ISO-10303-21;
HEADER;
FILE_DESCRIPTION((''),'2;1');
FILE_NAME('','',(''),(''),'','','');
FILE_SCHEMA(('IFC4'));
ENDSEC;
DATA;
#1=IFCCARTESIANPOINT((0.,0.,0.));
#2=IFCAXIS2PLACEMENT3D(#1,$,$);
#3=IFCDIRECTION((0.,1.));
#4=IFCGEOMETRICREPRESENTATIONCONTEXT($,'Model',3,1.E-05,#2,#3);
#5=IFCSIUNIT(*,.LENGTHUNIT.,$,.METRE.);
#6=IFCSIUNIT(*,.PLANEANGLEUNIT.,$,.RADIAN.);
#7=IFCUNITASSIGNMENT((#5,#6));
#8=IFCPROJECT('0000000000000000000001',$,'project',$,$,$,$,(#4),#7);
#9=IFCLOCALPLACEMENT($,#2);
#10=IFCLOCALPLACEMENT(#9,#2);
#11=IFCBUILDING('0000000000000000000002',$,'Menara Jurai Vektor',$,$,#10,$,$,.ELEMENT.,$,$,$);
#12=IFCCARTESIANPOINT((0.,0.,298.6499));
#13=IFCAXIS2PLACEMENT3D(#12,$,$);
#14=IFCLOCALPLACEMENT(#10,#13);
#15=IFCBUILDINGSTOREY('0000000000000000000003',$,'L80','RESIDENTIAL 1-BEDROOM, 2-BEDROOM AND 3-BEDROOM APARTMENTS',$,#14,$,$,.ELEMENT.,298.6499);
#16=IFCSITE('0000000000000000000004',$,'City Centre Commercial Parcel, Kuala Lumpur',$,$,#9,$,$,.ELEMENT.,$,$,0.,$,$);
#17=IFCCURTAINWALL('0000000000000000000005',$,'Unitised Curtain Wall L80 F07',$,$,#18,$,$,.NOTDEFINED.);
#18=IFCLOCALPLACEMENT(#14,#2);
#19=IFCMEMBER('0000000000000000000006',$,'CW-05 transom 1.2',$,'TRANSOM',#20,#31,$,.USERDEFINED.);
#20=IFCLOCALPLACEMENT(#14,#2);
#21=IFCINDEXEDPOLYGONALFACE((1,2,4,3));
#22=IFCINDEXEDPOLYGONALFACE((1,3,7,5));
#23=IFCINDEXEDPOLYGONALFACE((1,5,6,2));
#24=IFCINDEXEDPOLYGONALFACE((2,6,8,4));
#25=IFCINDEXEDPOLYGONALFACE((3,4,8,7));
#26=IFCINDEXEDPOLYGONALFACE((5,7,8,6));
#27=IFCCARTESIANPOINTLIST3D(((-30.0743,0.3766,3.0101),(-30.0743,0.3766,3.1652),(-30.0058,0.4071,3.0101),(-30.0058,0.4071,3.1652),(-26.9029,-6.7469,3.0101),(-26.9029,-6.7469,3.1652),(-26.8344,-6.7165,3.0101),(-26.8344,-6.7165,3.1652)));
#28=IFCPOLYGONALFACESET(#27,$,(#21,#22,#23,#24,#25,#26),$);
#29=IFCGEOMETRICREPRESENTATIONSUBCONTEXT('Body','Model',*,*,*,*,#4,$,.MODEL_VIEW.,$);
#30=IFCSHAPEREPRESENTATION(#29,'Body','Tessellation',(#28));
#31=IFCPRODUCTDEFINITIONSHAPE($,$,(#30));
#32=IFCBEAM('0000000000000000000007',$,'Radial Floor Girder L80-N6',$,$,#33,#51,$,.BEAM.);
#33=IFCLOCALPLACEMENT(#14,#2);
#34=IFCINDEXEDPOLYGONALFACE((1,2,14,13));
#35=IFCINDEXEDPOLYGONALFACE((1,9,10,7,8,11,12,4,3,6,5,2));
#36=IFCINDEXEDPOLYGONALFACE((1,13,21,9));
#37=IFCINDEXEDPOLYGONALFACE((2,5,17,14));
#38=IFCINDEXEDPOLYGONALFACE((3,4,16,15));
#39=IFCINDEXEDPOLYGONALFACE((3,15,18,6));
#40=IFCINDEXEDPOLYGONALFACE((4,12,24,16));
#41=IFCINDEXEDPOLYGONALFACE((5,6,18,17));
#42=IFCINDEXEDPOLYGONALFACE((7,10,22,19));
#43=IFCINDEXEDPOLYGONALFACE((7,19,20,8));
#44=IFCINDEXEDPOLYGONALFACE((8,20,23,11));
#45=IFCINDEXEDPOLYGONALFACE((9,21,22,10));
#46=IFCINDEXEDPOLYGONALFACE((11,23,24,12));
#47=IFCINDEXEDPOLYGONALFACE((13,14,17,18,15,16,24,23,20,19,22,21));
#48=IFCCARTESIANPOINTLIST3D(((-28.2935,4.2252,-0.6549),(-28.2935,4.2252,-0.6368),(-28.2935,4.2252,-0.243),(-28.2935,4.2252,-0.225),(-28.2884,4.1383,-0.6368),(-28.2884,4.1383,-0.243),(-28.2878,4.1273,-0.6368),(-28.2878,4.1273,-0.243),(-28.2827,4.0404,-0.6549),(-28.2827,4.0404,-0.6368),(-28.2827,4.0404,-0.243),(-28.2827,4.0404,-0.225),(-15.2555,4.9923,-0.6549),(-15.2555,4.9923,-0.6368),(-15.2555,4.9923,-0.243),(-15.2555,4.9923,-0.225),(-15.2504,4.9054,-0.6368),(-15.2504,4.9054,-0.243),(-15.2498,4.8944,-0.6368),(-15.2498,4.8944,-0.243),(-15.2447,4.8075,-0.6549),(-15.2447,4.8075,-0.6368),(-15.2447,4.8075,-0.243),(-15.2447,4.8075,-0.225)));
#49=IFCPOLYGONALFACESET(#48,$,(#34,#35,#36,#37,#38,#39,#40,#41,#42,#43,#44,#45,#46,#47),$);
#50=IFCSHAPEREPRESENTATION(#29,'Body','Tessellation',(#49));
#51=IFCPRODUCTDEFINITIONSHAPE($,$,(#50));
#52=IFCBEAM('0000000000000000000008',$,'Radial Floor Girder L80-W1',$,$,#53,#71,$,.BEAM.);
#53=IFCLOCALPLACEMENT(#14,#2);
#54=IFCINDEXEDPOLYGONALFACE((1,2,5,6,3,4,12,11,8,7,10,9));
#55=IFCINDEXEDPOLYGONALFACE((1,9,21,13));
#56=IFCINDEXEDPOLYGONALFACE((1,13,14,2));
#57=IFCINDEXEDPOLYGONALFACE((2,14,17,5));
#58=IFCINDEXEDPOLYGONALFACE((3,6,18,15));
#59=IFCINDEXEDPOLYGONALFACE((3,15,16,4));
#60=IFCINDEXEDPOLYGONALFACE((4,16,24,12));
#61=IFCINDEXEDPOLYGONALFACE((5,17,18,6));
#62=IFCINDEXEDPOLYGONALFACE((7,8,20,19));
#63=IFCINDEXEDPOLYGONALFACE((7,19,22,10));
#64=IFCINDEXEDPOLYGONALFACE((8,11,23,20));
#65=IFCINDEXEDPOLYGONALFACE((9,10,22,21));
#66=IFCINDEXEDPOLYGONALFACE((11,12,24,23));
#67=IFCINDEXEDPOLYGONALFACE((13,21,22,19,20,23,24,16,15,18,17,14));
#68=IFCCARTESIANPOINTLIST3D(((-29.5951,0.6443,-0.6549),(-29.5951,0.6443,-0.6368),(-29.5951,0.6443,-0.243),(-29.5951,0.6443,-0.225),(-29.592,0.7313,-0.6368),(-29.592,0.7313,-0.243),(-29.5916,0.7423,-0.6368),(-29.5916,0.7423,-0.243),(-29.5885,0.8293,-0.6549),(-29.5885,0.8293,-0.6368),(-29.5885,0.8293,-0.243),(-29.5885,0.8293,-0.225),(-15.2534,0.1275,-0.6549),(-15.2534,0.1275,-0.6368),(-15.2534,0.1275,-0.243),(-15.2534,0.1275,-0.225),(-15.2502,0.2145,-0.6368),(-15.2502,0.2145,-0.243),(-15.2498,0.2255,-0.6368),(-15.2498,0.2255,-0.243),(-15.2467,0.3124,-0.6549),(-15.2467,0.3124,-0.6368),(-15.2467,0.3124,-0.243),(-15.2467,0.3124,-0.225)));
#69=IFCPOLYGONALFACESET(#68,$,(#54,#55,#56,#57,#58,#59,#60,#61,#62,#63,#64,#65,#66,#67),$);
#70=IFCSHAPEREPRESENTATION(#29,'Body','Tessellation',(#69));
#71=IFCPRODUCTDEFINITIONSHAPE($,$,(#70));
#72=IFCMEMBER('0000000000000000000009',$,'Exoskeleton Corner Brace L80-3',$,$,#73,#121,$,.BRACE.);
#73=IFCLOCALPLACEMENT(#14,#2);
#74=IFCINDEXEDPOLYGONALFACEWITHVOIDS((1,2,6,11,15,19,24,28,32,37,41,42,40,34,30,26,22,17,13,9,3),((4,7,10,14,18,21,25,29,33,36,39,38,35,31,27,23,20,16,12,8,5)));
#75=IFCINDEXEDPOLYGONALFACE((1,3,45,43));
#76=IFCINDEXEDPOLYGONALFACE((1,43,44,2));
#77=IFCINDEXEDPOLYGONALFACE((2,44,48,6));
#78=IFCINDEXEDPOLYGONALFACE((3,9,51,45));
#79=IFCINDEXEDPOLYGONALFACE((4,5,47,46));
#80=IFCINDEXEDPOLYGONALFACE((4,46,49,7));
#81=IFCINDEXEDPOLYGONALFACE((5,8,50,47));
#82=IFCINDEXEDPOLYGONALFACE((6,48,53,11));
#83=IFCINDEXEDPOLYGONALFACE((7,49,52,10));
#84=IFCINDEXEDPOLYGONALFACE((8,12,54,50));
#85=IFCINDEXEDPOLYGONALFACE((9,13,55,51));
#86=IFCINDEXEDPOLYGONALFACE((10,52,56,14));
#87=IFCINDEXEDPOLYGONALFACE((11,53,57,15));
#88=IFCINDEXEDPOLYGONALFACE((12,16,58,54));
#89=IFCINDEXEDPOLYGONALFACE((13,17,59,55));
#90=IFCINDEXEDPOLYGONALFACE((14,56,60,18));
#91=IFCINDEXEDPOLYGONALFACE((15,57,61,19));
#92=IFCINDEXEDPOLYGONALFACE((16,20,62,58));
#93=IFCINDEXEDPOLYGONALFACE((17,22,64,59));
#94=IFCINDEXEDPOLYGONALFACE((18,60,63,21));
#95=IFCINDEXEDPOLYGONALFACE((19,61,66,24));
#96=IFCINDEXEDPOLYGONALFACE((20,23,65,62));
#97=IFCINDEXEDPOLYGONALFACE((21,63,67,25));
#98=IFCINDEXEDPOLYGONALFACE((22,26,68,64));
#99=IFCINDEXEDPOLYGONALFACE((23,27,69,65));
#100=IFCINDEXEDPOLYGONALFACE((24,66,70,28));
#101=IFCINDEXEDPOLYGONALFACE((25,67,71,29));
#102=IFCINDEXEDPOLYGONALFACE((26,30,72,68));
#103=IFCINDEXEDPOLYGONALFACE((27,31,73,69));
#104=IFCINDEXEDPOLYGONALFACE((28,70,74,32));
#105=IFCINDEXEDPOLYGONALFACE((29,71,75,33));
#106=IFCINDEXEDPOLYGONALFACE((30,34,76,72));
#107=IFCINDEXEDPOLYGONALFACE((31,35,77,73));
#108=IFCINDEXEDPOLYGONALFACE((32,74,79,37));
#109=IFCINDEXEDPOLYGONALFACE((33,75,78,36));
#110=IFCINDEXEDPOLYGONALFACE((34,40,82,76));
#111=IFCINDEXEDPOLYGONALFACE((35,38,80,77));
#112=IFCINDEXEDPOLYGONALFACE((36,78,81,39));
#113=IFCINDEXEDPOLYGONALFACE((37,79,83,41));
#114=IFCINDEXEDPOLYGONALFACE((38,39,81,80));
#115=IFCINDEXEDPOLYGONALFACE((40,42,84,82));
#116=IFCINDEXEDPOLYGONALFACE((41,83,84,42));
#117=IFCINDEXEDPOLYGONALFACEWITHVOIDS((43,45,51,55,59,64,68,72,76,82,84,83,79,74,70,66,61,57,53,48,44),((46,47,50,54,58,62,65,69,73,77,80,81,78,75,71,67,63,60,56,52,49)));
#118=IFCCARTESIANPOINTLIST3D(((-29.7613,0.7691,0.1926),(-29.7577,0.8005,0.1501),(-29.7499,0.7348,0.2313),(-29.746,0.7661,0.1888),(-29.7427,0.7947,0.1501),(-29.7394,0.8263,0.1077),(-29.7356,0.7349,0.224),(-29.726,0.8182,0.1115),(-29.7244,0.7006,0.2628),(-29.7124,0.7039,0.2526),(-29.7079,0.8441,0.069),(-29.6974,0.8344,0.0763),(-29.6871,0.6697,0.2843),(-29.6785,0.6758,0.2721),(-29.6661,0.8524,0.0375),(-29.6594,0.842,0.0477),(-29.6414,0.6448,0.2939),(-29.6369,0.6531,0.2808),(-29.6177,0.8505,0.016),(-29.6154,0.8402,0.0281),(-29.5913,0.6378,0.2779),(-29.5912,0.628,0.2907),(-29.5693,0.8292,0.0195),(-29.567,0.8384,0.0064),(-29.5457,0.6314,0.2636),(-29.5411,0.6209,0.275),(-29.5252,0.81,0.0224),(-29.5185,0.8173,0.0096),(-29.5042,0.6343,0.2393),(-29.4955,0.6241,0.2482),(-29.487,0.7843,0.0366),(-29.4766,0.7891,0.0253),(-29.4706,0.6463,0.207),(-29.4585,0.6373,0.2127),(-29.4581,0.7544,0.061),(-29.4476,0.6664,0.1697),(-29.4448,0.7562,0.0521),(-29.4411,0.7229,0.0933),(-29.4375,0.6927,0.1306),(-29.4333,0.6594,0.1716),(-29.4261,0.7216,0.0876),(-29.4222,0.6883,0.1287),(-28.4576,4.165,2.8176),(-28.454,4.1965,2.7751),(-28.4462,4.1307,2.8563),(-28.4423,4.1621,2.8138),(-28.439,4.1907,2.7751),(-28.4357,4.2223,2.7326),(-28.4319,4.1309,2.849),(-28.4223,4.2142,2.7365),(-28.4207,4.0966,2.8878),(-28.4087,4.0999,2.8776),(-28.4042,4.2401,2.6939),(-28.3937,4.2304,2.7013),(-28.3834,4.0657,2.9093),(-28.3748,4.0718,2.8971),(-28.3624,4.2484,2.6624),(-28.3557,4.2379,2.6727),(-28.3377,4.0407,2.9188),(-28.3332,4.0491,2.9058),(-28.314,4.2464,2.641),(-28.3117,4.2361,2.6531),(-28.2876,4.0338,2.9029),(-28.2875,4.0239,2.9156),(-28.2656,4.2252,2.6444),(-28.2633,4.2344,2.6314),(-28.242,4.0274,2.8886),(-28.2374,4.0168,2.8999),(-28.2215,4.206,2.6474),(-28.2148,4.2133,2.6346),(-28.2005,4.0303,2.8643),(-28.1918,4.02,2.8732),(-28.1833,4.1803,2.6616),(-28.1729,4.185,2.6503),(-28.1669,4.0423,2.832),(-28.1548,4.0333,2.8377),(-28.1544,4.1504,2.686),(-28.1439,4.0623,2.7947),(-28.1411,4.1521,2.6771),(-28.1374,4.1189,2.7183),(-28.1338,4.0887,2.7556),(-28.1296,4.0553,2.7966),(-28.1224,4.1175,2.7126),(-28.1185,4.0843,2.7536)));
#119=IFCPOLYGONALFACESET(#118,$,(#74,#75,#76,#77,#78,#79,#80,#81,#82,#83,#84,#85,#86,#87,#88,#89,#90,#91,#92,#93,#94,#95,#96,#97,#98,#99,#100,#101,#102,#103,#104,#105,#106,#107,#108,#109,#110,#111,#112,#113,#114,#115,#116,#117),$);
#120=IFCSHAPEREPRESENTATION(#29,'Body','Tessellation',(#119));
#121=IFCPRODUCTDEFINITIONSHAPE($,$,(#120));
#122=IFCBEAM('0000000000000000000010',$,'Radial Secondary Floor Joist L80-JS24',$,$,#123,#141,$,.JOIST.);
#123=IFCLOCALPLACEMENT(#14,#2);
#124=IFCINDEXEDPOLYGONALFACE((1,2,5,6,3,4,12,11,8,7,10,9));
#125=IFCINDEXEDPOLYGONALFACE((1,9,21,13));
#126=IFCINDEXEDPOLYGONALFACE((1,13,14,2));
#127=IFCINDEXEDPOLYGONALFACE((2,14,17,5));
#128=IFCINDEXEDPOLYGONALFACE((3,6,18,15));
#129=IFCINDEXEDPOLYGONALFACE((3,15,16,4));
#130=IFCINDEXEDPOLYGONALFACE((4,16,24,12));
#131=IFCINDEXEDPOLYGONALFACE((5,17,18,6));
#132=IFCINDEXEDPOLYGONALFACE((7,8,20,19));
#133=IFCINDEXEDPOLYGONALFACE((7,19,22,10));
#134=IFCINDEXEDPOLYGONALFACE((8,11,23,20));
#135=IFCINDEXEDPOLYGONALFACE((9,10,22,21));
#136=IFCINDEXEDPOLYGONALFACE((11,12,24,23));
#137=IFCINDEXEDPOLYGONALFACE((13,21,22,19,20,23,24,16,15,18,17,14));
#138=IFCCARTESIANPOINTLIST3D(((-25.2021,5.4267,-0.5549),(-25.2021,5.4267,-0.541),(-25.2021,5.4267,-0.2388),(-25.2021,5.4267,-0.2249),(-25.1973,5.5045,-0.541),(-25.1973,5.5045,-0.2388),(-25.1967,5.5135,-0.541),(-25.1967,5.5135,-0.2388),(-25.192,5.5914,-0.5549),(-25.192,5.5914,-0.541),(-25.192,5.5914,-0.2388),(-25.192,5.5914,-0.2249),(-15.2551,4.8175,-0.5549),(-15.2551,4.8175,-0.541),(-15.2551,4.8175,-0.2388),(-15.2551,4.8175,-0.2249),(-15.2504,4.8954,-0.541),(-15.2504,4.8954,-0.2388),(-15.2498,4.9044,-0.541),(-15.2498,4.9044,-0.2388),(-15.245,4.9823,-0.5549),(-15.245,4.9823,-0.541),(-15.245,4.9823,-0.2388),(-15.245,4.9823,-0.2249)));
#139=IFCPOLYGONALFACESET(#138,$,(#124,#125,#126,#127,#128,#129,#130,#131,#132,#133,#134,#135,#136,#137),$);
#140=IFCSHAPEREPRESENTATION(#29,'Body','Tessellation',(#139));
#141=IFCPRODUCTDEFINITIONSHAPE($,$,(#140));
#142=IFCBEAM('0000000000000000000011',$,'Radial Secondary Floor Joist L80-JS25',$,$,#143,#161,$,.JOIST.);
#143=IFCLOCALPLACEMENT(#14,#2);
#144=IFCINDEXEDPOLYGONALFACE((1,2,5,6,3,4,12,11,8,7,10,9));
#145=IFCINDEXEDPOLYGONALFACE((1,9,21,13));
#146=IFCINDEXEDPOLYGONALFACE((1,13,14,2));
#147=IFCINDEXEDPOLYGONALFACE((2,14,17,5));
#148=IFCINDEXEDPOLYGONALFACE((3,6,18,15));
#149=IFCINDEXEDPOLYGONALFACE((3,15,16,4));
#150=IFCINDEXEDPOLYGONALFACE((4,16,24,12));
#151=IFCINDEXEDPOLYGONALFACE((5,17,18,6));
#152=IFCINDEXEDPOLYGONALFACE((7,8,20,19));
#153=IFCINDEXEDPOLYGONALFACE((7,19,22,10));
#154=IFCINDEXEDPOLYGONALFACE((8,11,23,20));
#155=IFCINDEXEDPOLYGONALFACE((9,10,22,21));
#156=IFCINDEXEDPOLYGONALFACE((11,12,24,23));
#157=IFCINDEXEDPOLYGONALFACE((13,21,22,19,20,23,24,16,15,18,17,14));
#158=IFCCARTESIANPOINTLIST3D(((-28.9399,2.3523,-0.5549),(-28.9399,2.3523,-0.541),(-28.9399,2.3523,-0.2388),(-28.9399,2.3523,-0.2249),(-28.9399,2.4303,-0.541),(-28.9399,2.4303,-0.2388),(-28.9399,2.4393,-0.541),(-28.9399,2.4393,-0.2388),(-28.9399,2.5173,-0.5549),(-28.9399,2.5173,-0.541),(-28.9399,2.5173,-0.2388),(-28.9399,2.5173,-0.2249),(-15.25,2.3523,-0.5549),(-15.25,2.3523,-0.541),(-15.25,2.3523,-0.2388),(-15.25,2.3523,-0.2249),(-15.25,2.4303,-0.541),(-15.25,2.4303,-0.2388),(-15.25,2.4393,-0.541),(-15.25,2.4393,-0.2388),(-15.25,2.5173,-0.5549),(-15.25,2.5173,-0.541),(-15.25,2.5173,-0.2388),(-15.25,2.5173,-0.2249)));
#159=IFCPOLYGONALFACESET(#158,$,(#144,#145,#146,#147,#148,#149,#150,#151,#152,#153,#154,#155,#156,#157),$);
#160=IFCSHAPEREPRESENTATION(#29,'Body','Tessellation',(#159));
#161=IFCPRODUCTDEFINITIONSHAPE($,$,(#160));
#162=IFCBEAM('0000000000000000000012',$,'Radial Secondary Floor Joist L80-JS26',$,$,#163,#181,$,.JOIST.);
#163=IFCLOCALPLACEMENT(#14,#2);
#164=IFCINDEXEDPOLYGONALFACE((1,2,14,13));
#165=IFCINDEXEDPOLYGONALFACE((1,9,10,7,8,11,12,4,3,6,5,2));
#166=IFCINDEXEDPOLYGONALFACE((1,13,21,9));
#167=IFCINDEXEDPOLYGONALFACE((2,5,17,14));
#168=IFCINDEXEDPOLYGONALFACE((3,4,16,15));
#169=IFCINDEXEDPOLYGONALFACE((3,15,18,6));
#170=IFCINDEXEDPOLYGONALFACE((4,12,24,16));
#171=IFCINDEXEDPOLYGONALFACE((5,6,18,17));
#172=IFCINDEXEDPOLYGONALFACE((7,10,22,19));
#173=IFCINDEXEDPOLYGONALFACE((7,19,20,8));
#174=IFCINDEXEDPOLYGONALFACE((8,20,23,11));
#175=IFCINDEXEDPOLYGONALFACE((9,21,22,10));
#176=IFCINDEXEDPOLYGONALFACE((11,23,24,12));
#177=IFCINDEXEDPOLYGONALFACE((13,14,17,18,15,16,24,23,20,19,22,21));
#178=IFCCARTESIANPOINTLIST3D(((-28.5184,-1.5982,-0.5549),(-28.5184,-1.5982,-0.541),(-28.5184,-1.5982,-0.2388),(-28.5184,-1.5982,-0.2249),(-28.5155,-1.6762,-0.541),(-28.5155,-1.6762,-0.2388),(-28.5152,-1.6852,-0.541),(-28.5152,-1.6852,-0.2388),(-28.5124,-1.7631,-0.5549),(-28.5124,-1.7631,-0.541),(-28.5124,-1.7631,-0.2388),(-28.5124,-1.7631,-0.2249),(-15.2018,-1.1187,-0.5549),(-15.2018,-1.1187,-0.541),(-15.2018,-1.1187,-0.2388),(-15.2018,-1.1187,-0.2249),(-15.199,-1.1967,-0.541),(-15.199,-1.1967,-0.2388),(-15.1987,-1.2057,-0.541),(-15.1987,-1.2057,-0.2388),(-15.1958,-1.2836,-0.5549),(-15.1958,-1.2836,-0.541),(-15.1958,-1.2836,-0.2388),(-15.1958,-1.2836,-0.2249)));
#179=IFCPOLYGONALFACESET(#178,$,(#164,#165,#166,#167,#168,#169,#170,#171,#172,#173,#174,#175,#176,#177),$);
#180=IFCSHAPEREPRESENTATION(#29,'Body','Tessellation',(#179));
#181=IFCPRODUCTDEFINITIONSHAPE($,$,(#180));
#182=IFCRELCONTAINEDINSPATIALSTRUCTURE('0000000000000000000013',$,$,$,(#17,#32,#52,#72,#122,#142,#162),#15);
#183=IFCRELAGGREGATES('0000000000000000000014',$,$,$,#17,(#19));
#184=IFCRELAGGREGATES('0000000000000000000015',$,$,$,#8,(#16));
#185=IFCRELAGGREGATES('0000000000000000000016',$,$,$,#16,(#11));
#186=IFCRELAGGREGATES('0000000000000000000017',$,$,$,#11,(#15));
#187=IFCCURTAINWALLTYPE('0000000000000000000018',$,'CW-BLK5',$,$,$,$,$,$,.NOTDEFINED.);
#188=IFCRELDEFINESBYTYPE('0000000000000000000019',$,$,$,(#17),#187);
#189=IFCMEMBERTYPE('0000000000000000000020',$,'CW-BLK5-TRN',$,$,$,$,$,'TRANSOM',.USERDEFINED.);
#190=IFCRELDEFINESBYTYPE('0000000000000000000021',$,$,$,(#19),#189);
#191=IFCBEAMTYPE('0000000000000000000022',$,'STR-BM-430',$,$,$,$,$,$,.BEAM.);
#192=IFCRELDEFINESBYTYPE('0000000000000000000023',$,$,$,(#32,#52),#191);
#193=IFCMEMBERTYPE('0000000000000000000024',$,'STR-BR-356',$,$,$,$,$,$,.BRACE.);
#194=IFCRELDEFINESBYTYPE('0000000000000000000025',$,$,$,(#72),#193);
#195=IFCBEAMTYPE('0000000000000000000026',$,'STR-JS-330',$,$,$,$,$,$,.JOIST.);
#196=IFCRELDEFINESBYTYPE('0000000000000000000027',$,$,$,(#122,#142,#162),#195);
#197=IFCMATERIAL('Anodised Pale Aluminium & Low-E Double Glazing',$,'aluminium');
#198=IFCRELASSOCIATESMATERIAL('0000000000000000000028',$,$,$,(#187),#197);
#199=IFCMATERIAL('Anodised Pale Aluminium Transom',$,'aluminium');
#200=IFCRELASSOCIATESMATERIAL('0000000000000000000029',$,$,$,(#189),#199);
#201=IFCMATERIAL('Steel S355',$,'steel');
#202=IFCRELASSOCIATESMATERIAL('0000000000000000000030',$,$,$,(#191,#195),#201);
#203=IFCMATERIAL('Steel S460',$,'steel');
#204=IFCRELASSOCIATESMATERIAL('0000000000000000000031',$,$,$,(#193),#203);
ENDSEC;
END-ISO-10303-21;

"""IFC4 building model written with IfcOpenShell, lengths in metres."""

from ifc_helpers import new_model, si_unit, direction, frame, origin, origin_2d, place, context, subcontext, project, spatial, rectangle, hollow_circle, i_section, extrude, material, material_profile, profile_set, type_object, element, aggregate, save


model = new_model("IFC4")

# Units and contexts
model_context = context("Model", 3, precision=1e-05, world=origin(), true_north=direction((0.0, 1.0)))
body_context = subcontext(model_context, "Body", "Model", "MODEL_VIEW")
ifc_project = project(units=[si_unit("LENGTHUNIT", "METRE"), si_unit("PLANEANGLEUNIT", "RADIAN")], contexts=[model_context])

# Site, building, storey
site_placement = place(None, origin())
site = spatial("IfcSite", under=ifc_project, at=site_placement, Name="City Centre Commercial Parcel, Kuala Lumpur", CompositionType="ELEMENT", RefElevation=0.0)
building_placement = place(site_placement, origin())
building = spatial("IfcBuilding", under=site, at=building_placement, Name="Menara Jurai Vektor", CompositionType="ELEMENT")
storey_placement = place(building_placement, frame((0.0, 0.0, 298.6499)))
storey = spatial("IfcBuildingStorey", under=building, at=storey_placement, Name="L80", Description="RESIDENTIAL 1-BEDROOM, 2-BEDROOM AND 3-BEDROOM APARTMENTS", CompositionType="ELEMENT", Elevation=298.6499)

# Shared definitions
ifc_material_1 = material(Name="Steel S460", Category="steel")

# Shared definitions
ifc_material_2 = material(Name="Anodised Pale Aluminium & Low-E Double Glazing", Category="aluminium")
curtain_wall_type = type_object("IfcCurtainWallType", Name="CW-BLK5", PredefinedType="NOTDEFINED", material=ifc_material_2)

# Curtain wall
curtain_wall_1_placement = place(storey_placement, origin())
curtain_wall_1 = element("IfcCurtainWall", 1, at=curtain_wall_1_placement, inside=storey, type_object=curtain_wall_type, Name="Unitised Curtain Wall L80 F07", PredefinedType="NOTDEFINED")

# Member
ifc_material_3 = material(Name="Anodised Pale Aluminium Transom", Category="aluminium")
ifc_material_profile_1 = material_profile(ifc_material_3, rectangle(XDim=0.075, YDim=0.155, at=origin_2d()), Name="ALU TRN 75x155")
ifc_profile_set_1 = profile_set([ifc_material_profile_1], Name="Anodised Pale Aluminium Transom")
member_type_1 = type_object("IfcMemberType", Name="CW-BLK5-TRN", ElementType="TRANSOM", PredefinedType="USERDEFINED", material=ifc_profile_set_1)
member_1_placement = place(storey_placement, frame((-30.04, 0.3918, 3.0876), z_axis=(0.406714, -0.913556, 0.0), x_axis=(0.913556, 0.406714, 0.0)))
member_1 = element("IfcMember", 2, at=member_1_placement, type_object=member_type_1, Name="CW-05 transom 1.2", ObjectType="TRANSOM", PredefinedType="USERDEFINED", context=body_context, shape_type="SweptSolid", body=[
    extrude(rectangle(XDim=0.075, YDim=0.155, at=origin_2d()), origin(), (0.0, 0.0, 1.0), 7.7976),
])
aggregate(curtain_wall_1, [member_1])

# Beams
ifc_material_4 = material(Name="Steel S355", Category="steel")
ifc_material_profile_2 = material_profile(ifc_material_4, i_section(OverallWidth=0.1851, OverallDepth=0.4299, WebThickness=0.011, FlangeThickness=0.0181, at=origin_2d()), Name="PG 430x185x76")
ifc_profile_set_2 = profile_set([ifc_material_profile_2], Name="Steel S355")
beam_type_1 = type_object("IfcBeamType", Name="STR-BM-430", PredefinedType="BEAM", material=ifc_profile_set_2)
beam_1_placement = place(storey_placement, frame((-28.2881, 4.1328, -0.4399), z_axis=(0.998274, 0.058733, 0.0), x_axis=(-0.058733, 0.998274, 0.0)))
element("IfcBeam", 3, at=beam_1_placement, inside=storey, type_object=beam_type_1, Name="Radial Floor Girder L80-N6", PredefinedType="BEAM", context=body_context, shape_type="SweptSolid", body=[
    extrude(i_section(OverallWidth=0.1851, OverallDepth=0.4299, WebThickness=0.011, FlangeThickness=0.0181, at=origin_2d()), origin(), (0.0, 0.0, 1.0), 13.0605),
])
beam_2_placement = place(storey_placement, frame((-29.5918, 0.7368, -0.4399), z_axis=(0.999351, -0.036014, 0.0), x_axis=(0.036014, 0.999351, 0.0)))
element("IfcBeam", 4, at=beam_2_placement, inside=storey, type_object=beam_type_1, Name="Radial Floor Girder L80-W1", PredefinedType="BEAM", context=body_context, shape_type="SweptSolid", body=[
    extrude(i_section(OverallWidth=0.1851, OverallDepth=0.4299, WebThickness=0.011, FlangeThickness=0.0181, at=origin_2d()), origin(), (0.0, 0.0, 1.0), 14.3511),
])

# Member
ifc_material_profile_3 = material_profile(ifc_material_1, hollow_circle(Radius=0.1777, WallThickness=0.0161, at=origin_2d()), Name="CHS 355.6x16")
ifc_profile_set_3 = profile_set([ifc_material_profile_3], Name="Steel S460")
member_type_2 = type_object("IfcMemberType", Name="STR-BR-356", PredefinedType="BRACE", material=ifc_profile_set_3)
member_2_placement = place(storey_placement, frame((-29.5918, 0.7368, 0.1501), z_axis=(0.290626, 0.757042, 0.58517), x_axis=(-0.93357, 0.358394, 0.0)))
element("IfcMember", 5, at=member_2_placement, inside=storey, type_object=member_type_2, Name="Exoskeleton Corner Brace L80-3", PredefinedType="BRACE", context=body_context, shape_type="SweptSolid", body=[
    extrude(hollow_circle(Radius=0.1777, WallThickness=0.0161, at=origin_2d()), origin(), (0.0, 0.0, 1.0), 4.4858),
])

# Beams
ifc_material_profile_4 = material_profile(ifc_material_4, i_section(OverallWidth=0.165, OverallDepth=0.3301, WebThickness=0.009, FlangeThickness=0.0139, at=origin_2d()), Name="PG 330x165x46")
ifc_profile_set_4 = profile_set([ifc_material_profile_4], Name="Steel S355")
beam_type_2 = type_object("IfcBeamType", Name="STR-JS-330", PredefinedType="JOIST", material=ifc_profile_set_4)
beam_3_placement = place(storey_placement, frame((-25.197, 5.509, -0.3899), z_axis=(0.99813, -0.061123, 0.0), x_axis=(0.061123, 0.99813, 0.0)))
element("IfcBeam", 6, at=beam_3_placement, inside=storey, type_object=beam_type_2, Name="Radial Secondary Floor Joist L80-JS24", PredefinedType="JOIST", context=body_context, shape_type="SweptSolid", body=[
    extrude(i_section(OverallWidth=0.165, OverallDepth=0.3301, WebThickness=0.009, FlangeThickness=0.0139, at=origin_2d()), origin(), (0.0, 0.0, 1.0), 9.9656),
])
beam_4_placement = place(storey_placement, frame((-28.9399, 2.4348, -0.3899), z_axis=(1.0, 0.0, 0.0), x_axis=(0.0, 1.0, 0.0)))
element("IfcBeam", 7, at=beam_4_placement, inside=storey, type_object=beam_type_2, Name="Radial Secondary Floor Joist L80-JS25", PredefinedType="JOIST", context=body_context, shape_type="SweptSolid", body=[
    extrude(i_section(OverallWidth=0.165, OverallDepth=0.3301, WebThickness=0.009, FlangeThickness=0.0139, at=origin_2d()), origin(), (0.0, 0.0, 1.0), 13.6899),
])
beam_5_placement = place(storey_placement, frame((-28.5154, -1.6807, -0.3899), z_axis=(0.999352, 0.035984, 0.0), x_axis=(-0.035984, 0.999352, 0.0)))
element("IfcBeam", 8, at=beam_5_placement, inside=storey, type_object=beam_type_2, Name="Radial Secondary Floor Joist L80-JS26", PredefinedType="JOIST", context=body_context, shape_type="SweptSolid", body=[
    extrude(i_section(OverallWidth=0.165, OverallDepth=0.3301, WebThickness=0.009, FlangeThickness=0.0139, at=origin_2d()), origin(), (0.0, 0.0, 1.0), 13.3252),
])

save(model, "model.ifc")
